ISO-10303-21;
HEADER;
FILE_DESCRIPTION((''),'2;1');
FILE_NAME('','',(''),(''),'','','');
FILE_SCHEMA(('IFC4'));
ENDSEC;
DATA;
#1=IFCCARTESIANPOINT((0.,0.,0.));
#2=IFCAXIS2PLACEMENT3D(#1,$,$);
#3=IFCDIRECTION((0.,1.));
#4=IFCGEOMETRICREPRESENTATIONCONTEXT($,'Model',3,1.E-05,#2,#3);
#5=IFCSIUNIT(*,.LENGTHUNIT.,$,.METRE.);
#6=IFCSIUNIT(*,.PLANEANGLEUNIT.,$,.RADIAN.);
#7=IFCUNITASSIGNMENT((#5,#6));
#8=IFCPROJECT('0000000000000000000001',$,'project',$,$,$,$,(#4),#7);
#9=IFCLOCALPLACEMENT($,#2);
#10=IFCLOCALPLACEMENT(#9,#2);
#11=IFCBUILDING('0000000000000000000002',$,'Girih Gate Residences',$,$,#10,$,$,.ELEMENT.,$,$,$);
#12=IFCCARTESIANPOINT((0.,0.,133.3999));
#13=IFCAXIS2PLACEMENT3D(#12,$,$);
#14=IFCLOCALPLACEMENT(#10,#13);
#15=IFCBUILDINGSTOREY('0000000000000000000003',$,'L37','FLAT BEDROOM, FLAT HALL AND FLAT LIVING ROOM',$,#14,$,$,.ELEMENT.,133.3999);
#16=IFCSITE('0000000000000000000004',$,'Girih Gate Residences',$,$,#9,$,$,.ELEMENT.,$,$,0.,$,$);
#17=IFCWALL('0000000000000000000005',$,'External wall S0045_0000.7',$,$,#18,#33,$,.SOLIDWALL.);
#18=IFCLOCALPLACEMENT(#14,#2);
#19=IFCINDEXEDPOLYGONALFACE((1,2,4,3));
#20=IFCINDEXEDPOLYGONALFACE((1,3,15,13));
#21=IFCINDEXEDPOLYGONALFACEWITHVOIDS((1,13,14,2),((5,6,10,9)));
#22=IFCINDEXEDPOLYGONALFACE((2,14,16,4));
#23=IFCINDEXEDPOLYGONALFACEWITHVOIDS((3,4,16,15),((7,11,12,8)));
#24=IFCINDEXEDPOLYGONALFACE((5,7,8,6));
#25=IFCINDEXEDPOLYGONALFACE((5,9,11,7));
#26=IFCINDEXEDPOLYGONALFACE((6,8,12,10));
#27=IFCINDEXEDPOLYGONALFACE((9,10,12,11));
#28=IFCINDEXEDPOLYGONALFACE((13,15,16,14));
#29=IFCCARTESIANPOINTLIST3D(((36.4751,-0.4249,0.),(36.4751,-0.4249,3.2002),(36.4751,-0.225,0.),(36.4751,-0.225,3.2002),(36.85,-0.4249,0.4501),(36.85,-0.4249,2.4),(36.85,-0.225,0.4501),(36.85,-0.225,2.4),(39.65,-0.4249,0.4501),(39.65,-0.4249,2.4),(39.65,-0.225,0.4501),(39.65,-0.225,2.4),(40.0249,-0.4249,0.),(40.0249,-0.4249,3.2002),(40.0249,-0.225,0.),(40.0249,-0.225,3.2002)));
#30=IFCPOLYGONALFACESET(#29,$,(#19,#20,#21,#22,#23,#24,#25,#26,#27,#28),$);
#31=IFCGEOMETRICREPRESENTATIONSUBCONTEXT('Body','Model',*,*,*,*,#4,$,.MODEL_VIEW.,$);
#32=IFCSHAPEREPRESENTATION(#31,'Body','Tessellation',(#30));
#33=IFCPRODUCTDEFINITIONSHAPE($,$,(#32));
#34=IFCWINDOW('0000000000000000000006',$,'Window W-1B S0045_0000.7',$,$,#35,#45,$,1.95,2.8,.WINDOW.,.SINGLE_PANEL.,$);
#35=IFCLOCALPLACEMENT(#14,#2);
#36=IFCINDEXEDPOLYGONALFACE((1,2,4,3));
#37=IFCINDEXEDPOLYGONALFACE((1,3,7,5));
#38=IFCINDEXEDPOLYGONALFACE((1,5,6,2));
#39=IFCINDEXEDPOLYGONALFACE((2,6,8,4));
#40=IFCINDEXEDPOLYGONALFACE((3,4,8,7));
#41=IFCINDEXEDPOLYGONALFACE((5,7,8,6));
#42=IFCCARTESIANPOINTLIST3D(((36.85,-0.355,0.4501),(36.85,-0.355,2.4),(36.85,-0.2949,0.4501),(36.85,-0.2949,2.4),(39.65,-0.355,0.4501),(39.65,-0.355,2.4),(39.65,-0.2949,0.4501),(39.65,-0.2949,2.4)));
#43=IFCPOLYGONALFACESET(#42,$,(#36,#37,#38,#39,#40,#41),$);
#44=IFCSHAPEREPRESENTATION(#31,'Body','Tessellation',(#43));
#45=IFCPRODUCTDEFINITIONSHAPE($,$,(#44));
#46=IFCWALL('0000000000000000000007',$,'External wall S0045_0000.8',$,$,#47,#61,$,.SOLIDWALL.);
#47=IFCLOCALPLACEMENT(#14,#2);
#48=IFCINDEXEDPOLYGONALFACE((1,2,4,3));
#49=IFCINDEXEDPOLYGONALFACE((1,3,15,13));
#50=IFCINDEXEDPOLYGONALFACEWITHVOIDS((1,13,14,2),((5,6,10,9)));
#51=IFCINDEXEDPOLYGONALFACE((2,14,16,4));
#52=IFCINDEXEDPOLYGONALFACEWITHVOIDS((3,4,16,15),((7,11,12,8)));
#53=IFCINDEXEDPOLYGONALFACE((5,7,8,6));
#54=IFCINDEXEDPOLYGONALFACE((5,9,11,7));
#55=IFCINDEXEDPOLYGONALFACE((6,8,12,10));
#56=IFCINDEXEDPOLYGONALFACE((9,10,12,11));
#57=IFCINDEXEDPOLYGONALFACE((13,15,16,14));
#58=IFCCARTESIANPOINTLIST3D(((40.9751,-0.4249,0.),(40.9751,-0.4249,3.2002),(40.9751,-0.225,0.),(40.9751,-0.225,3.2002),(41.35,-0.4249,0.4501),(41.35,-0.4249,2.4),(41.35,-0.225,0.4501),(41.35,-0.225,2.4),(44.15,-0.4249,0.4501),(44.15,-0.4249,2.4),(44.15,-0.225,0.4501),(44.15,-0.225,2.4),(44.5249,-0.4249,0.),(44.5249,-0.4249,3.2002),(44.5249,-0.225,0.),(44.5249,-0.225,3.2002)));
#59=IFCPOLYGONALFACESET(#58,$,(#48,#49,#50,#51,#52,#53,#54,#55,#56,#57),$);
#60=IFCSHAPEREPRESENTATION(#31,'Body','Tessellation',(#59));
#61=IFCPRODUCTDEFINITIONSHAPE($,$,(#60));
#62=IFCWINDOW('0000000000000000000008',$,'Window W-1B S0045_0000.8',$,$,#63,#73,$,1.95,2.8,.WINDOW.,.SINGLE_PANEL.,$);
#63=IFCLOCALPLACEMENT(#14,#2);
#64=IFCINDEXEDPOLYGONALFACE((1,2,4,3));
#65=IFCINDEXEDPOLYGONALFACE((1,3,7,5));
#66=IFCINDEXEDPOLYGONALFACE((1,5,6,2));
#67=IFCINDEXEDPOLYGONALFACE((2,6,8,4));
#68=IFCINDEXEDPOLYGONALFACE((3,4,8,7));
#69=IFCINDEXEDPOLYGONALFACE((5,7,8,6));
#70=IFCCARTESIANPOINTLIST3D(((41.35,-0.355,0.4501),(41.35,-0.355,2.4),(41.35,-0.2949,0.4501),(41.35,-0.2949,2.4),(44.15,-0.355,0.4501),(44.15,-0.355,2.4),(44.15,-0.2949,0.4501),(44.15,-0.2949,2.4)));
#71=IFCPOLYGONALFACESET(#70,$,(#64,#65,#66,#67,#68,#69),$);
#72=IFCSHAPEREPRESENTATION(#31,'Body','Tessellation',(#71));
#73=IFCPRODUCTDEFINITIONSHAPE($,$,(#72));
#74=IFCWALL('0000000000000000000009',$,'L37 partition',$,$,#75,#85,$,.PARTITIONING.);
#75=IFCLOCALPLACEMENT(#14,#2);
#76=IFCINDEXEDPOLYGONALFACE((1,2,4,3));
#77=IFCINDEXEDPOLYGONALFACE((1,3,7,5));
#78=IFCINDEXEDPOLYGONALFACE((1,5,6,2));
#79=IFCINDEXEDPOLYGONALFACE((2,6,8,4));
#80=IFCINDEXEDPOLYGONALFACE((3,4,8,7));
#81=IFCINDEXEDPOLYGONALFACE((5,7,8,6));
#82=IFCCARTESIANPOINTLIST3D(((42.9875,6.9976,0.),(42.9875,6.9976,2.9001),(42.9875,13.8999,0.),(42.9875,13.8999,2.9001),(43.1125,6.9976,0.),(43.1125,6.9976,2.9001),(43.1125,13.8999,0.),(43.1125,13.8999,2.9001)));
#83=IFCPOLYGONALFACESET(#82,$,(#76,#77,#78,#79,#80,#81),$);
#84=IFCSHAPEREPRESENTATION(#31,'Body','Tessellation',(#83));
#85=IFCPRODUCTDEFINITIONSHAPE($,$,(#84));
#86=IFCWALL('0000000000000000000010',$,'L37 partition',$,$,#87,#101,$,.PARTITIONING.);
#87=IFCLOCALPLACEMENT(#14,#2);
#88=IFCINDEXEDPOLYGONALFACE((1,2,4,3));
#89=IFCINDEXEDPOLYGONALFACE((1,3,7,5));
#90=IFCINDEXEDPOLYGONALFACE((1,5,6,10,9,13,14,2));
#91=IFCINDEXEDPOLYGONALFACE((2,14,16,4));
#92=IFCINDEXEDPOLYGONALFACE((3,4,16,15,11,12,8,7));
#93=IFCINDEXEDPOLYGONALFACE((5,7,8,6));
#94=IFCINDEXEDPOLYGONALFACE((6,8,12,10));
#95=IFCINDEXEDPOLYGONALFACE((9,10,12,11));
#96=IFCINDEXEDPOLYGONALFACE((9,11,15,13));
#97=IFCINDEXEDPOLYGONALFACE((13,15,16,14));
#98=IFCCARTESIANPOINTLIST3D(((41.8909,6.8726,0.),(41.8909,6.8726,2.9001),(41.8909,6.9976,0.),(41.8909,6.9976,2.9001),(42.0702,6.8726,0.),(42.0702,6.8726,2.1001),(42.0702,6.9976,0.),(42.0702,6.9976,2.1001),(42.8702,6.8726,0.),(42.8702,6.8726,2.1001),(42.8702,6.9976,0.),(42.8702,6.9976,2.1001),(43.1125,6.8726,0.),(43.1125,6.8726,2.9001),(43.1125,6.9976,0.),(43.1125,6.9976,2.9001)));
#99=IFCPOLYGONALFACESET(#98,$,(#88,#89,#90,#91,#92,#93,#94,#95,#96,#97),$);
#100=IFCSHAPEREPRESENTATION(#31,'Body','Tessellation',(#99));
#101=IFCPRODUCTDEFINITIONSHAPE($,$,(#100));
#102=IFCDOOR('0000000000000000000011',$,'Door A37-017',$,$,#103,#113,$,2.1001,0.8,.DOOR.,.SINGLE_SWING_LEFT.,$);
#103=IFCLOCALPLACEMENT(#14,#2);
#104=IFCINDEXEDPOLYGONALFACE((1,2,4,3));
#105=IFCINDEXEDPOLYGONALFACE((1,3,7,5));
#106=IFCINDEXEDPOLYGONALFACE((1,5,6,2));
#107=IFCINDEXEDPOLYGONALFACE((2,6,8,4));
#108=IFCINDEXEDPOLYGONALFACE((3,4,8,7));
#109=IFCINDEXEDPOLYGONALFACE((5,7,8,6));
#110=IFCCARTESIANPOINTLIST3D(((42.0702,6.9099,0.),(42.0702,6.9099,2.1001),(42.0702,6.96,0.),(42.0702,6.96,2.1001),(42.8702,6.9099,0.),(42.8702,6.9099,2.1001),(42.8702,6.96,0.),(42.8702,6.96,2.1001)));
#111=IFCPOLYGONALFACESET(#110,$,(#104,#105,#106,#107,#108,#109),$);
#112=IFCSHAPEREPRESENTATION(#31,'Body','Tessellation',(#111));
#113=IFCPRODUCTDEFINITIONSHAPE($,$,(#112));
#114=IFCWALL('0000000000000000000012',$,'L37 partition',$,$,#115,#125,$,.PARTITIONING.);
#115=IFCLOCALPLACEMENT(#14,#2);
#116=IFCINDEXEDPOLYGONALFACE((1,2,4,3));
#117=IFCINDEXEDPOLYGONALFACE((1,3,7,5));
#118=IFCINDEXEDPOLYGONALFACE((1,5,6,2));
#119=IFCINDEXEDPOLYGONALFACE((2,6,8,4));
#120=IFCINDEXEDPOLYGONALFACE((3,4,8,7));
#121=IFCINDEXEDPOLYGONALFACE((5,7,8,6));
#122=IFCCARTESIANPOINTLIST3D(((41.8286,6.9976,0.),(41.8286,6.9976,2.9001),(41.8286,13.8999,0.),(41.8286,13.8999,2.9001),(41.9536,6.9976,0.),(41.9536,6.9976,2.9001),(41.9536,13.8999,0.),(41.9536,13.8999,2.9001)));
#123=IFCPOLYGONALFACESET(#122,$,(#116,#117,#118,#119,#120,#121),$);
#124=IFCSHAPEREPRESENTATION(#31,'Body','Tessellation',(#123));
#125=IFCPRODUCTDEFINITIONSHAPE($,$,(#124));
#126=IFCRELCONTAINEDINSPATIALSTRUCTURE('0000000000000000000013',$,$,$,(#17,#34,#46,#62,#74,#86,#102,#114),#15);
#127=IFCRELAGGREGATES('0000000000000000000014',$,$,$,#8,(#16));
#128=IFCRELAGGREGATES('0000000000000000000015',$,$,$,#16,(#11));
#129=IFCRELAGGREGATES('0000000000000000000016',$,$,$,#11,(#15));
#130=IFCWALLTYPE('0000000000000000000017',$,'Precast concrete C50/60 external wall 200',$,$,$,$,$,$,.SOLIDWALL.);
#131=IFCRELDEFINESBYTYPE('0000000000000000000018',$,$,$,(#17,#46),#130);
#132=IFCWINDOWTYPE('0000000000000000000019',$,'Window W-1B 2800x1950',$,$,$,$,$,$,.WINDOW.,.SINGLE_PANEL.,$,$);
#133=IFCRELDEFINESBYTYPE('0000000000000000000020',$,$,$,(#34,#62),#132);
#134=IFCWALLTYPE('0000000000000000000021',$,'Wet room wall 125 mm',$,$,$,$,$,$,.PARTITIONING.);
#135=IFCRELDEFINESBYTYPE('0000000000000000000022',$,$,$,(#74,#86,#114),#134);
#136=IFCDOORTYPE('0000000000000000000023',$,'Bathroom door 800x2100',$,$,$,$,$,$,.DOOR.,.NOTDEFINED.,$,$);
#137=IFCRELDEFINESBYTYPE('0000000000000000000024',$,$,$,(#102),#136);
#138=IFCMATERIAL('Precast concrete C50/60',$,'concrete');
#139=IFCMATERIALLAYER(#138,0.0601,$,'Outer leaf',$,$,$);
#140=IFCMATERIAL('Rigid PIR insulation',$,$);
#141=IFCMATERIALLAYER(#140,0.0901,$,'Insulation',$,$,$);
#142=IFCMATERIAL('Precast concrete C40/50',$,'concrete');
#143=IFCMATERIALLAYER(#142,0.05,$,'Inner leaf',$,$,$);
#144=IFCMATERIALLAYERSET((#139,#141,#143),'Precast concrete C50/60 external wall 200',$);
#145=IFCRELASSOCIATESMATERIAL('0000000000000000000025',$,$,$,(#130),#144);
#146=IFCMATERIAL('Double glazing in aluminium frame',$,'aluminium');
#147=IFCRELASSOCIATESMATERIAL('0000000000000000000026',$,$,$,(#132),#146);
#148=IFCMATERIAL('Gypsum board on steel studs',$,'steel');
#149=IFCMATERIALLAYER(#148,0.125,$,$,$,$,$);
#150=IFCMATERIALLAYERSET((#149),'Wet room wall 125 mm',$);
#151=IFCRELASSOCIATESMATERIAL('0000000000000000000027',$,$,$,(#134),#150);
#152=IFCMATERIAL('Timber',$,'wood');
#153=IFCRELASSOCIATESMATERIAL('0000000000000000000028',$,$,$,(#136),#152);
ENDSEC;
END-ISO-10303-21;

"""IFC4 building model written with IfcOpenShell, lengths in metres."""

from ifc_helpers import new_model, si_unit, direction, frame, frame_2d, origin, place, context, subcontext, project, spatial, rectangle, extrude, material, layer, layer_set, type_object, element, fill, save


model = new_model("IFC4")

# Units and contexts
model_context = context("Model", 3, precision=1e-05, world=origin(), true_north=direction((0.0, 1.0)))
body_context = subcontext(model_context, "Body", "Model", "MODEL_VIEW")
ifc_project = project(units=[si_unit("LENGTHUNIT", "METRE"), si_unit("PLANEANGLEUNIT", "RADIAN")], contexts=[model_context])

# Site, building, storey
site_placement = place(None, origin())
site = spatial("IfcSite", under=ifc_project, at=site_placement, Name="Girih Gate Residences", CompositionType="ELEMENT", RefElevation=0.0)
building_placement = place(site_placement, origin())
building = spatial("IfcBuilding", under=site, at=building_placement, Name="Girih Gate Residences", CompositionType="ELEMENT")
storey_placement = place(building_placement, frame((0.0, 0.0, 133.3999)))
storey = spatial("IfcBuildingStorey", under=building, at=storey_placement, Name="L37", Description="FLAT BEDROOM, FLAT HALL AND FLAT LIVING ROOM", CompositionType="ELEMENT", Elevation=133.3999)

# Shared definitions
ifc_material_1 = material(Name="Gypsum board on steel studs", Category="steel")
ifc_material_2 = material(Name="Timber", Category="wood")

# Walls, openings, windows
ifc_material_3 = material(Name="Precast concrete C50/60", Category="concrete")
ifc_layer_1 = layer(ifc_material_3, 0.0601, Name="Outer leaf")
ifc_material_4 = material(Name="Rigid PIR insulation")
ifc_layer_2 = layer(ifc_material_4, 0.0901, Name="Insulation")
ifc_material_5 = material(Name="Precast concrete C40/50", Category="concrete")
ifc_layer_3 = layer(ifc_material_5, 0.05, Name="Inner leaf")
ifc_layer_set_1 = layer_set([ifc_layer_1, ifc_layer_2, ifc_layer_3], Name="Precast concrete C50/60 external wall 200")
wall_type_1 = type_object("IfcWallType", Name="Precast concrete C50/60 external wall 200", PredefinedType="SOLIDWALL", material=ifc_layer_set_1)
wall_1_placement = place(storey_placement, frame((40.0249, -0.325, 0.0), z_axis=(0.0, 0.0, 1.0), x_axis=(-1.0, 0.0, 0.0)))
wall_1 = element("IfcWall", 1, at=wall_1_placement, inside=storey, type_object=wall_type_1, Name="External wall S0045_0000.7", PredefinedType="SOLIDWALL", context=body_context, shape_type="SweptSolid", body=[
    extrude(rectangle(XDim=3.5498, YDim=0.2, at=frame_2d((1.7749, 0.0))), origin(), (0.0, 0.0, 1.0), 3.2002),
])
opening_1_placement = place(wall_1_placement, frame((0.375, 0.0, 0.45)))
opening_1 = element("IfcOpeningElement", 2, at=opening_1_placement, cuts=wall_1, PredefinedType="OPENING", context=body_context, shape_type="SweptSolid", body=[
    extrude(rectangle(XDim=2.8, YDim=1.95, at=frame_2d((1.3999, 0.9751))), frame((0.0, 0.1099, 0.0), z_axis=(0.0, -1.0, 0.0), x_axis=(1.0, 0.0, 0.0)), (0.0, 0.0, 1.0), 0.22),
])
ifc_material_6 = material(Name="Double glazing in aluminium frame", Category="aluminium")
window_type = type_object("IfcWindowType", Name="Window W-1B 2800x1950", PartitioningType="SINGLE_PANEL", PredefinedType="WINDOW", material=ifc_material_6)
window_1_placement = place(opening_1_placement, origin())
window_1 = element("IfcWindow", 3, at=window_1_placement, inside=storey, type_object=window_type, Name="Window W-1B S0045_0000.7", OverallHeight=1.95, OverallWidth=2.8, PartitioningType="SINGLE_PANEL", PredefinedType="WINDOW", context=body_context, shape_type="SweptSolid", body=[
    extrude(rectangle(XDim=2.8, YDim=1.95, at=frame_2d((1.3999, 0.9751))), frame((0.0, 0.03, 0.0), z_axis=(0.0, -1.0, 0.0), x_axis=(1.0, 0.0, 0.0)), (0.0, 0.0, 1.0), 0.0601),
])
fill(opening_1, window_1)
wall_2_placement = place(storey_placement, frame((44.5249, -0.325, 0.0), z_axis=(0.0, 0.0, 1.0), x_axis=(-1.0, 0.0, 0.0)))
wall_2 = element("IfcWall", 4, at=wall_2_placement, inside=storey, type_object=wall_type_1, Name="External wall S0045_0000.8", PredefinedType="SOLIDWALL", context=body_context, shape_type="SweptSolid", body=[
    extrude(rectangle(XDim=3.5498, YDim=0.2, at=frame_2d((1.7749, 0.0))), origin(), (0.0, 0.0, 1.0), 3.2002),
])
opening_2_placement = place(wall_2_placement, frame((0.375, 0.0, 0.45)))
opening_2 = element("IfcOpeningElement", 5, at=opening_2_placement, cuts=wall_2, PredefinedType="OPENING", context=body_context, shape_type="SweptSolid", body=[
    extrude(rectangle(XDim=2.8, YDim=1.95, at=frame_2d((1.3999, 0.9751))), frame((0.0, 0.1099, 0.0), z_axis=(0.0, -1.0, 0.0), x_axis=(1.0, 0.0, 0.0)), (0.0, 0.0, 1.0), 0.22),
])
window_2_placement = place(opening_2_placement, origin())
window_2 = element("IfcWindow", 6, at=window_2_placement, inside=storey, type_object=window_type, Name="Window W-1B S0045_0000.8", OverallHeight=1.95, OverallWidth=2.8, PartitioningType="SINGLE_PANEL", PredefinedType="WINDOW", context=body_context, shape_type="SweptSolid", body=[
    extrude(rectangle(XDim=2.8, YDim=1.95, at=frame_2d((1.3999, 0.9751))), frame((0.0, 0.03, 0.0), z_axis=(0.0, -1.0, 0.0), x_axis=(1.0, 0.0, 0.0)), (0.0, 0.0, 1.0), 0.0601),
])
fill(opening_2, window_2)

# Wall
ifc_layer_4 = layer(ifc_material_1, 0.125)
ifc_layer_set_2 = layer_set([ifc_layer_4], Name="Wet room wall 125 mm")
wall_type_2 = type_object("IfcWallType", Name="Wet room wall 125 mm", PredefinedType="PARTITIONING", material=ifc_layer_set_2)
wall_3_placement = place(storey_placement, frame((43.05, 6.9976, 0.0), z_axis=(0.0, 0.0, 1.0), x_axis=(0.0, 1.0, 0.0)))
element("IfcWall", 7, at=wall_3_placement, inside=storey, type_object=wall_type_2, Name="L37 partition", PredefinedType="PARTITIONING", context=body_context, shape_type="SweptSolid", body=[
    extrude(rectangle(XDim=6.9023, YDim=0.125, at=frame_2d((3.4512, 0.0))), origin(), (0.0, 0.0, 1.0), 2.9001),
])

# Wall, opening, door
wall_4_placement = place(storey_placement, frame((41.8909, 6.9351, 0.0), z_axis=(0.0, 0.0, 1.0), x_axis=(1.0, 0.0, 0.0)))
wall_4 = element("IfcWall", 8, at=wall_4_placement, inside=storey, type_object=wall_type_2, Name="L37 partition", PredefinedType="PARTITIONING", context=body_context, shape_type="SweptSolid", body=[
    extrude(rectangle(XDim=1.2217, YDim=0.125, at=frame_2d((0.6108, 0.0))), origin(), (0.0, 0.0, 1.0), 2.9001),
])
opening_3_placement = place(wall_4_placement, frame((0.1794, 0.0, 0.0)))
opening_3 = element("IfcOpeningElement", 9, at=opening_3_placement, cuts=wall_4, PredefinedType="OPENING", context=body_context, shape_type="SweptSolid", body=[
    extrude(rectangle(XDim=0.8, YDim=2.1001, at=frame_2d((0.3999, 1.05))), frame((0.0, 0.0725, 0.0), z_axis=(0.0, -1.0, 0.0), x_axis=(1.0, 0.0, 0.0)), (0.0, 0.0, 1.0), 0.145),
])
door_type_1 = type_object("IfcDoorType", Name="Bathroom door 800x2100", OperationType="NOTDEFINED", PredefinedType="DOOR", material=ifc_material_2)
door_1_placement = place(opening_3_placement, origin())
door_1 = element("IfcDoor", 10, at=door_1_placement, inside=storey, type_object=door_type_1, Name="Door A37-017", OperationType="SINGLE_SWING_LEFT", OverallHeight=2.1001, OverallWidth=0.8, PredefinedType="DOOR", context=body_context, shape_type="SweptSolid", body=[
    extrude(rectangle(XDim=0.8, YDim=2.1001, at=frame_2d((0.3999, 1.05))), frame((0.0, 0.0249, 0.0), z_axis=(0.0, -1.0, 0.0), x_axis=(1.0, 0.0, 0.0)), (0.0, 0.0, 1.0), 0.05),
])
fill(opening_3, door_1)

# Wall
wall_5_placement = place(storey_placement, frame((41.8911, 6.9976, 0.0), z_axis=(0.0, 0.0, 1.0), x_axis=(0.0, 1.0, 0.0)))
element("IfcWall", 11, at=wall_5_placement, inside=storey, type_object=wall_type_2, Name="L37 partition", PredefinedType="PARTITIONING", context=body_context, shape_type="SweptSolid", body=[
    extrude(rectangle(XDim=6.9023, YDim=0.125, at=frame_2d((3.4512, 0.0))), origin(), (0.0, 0.0, 1.0), 2.9001),
])

save(model, "model.ifc")
